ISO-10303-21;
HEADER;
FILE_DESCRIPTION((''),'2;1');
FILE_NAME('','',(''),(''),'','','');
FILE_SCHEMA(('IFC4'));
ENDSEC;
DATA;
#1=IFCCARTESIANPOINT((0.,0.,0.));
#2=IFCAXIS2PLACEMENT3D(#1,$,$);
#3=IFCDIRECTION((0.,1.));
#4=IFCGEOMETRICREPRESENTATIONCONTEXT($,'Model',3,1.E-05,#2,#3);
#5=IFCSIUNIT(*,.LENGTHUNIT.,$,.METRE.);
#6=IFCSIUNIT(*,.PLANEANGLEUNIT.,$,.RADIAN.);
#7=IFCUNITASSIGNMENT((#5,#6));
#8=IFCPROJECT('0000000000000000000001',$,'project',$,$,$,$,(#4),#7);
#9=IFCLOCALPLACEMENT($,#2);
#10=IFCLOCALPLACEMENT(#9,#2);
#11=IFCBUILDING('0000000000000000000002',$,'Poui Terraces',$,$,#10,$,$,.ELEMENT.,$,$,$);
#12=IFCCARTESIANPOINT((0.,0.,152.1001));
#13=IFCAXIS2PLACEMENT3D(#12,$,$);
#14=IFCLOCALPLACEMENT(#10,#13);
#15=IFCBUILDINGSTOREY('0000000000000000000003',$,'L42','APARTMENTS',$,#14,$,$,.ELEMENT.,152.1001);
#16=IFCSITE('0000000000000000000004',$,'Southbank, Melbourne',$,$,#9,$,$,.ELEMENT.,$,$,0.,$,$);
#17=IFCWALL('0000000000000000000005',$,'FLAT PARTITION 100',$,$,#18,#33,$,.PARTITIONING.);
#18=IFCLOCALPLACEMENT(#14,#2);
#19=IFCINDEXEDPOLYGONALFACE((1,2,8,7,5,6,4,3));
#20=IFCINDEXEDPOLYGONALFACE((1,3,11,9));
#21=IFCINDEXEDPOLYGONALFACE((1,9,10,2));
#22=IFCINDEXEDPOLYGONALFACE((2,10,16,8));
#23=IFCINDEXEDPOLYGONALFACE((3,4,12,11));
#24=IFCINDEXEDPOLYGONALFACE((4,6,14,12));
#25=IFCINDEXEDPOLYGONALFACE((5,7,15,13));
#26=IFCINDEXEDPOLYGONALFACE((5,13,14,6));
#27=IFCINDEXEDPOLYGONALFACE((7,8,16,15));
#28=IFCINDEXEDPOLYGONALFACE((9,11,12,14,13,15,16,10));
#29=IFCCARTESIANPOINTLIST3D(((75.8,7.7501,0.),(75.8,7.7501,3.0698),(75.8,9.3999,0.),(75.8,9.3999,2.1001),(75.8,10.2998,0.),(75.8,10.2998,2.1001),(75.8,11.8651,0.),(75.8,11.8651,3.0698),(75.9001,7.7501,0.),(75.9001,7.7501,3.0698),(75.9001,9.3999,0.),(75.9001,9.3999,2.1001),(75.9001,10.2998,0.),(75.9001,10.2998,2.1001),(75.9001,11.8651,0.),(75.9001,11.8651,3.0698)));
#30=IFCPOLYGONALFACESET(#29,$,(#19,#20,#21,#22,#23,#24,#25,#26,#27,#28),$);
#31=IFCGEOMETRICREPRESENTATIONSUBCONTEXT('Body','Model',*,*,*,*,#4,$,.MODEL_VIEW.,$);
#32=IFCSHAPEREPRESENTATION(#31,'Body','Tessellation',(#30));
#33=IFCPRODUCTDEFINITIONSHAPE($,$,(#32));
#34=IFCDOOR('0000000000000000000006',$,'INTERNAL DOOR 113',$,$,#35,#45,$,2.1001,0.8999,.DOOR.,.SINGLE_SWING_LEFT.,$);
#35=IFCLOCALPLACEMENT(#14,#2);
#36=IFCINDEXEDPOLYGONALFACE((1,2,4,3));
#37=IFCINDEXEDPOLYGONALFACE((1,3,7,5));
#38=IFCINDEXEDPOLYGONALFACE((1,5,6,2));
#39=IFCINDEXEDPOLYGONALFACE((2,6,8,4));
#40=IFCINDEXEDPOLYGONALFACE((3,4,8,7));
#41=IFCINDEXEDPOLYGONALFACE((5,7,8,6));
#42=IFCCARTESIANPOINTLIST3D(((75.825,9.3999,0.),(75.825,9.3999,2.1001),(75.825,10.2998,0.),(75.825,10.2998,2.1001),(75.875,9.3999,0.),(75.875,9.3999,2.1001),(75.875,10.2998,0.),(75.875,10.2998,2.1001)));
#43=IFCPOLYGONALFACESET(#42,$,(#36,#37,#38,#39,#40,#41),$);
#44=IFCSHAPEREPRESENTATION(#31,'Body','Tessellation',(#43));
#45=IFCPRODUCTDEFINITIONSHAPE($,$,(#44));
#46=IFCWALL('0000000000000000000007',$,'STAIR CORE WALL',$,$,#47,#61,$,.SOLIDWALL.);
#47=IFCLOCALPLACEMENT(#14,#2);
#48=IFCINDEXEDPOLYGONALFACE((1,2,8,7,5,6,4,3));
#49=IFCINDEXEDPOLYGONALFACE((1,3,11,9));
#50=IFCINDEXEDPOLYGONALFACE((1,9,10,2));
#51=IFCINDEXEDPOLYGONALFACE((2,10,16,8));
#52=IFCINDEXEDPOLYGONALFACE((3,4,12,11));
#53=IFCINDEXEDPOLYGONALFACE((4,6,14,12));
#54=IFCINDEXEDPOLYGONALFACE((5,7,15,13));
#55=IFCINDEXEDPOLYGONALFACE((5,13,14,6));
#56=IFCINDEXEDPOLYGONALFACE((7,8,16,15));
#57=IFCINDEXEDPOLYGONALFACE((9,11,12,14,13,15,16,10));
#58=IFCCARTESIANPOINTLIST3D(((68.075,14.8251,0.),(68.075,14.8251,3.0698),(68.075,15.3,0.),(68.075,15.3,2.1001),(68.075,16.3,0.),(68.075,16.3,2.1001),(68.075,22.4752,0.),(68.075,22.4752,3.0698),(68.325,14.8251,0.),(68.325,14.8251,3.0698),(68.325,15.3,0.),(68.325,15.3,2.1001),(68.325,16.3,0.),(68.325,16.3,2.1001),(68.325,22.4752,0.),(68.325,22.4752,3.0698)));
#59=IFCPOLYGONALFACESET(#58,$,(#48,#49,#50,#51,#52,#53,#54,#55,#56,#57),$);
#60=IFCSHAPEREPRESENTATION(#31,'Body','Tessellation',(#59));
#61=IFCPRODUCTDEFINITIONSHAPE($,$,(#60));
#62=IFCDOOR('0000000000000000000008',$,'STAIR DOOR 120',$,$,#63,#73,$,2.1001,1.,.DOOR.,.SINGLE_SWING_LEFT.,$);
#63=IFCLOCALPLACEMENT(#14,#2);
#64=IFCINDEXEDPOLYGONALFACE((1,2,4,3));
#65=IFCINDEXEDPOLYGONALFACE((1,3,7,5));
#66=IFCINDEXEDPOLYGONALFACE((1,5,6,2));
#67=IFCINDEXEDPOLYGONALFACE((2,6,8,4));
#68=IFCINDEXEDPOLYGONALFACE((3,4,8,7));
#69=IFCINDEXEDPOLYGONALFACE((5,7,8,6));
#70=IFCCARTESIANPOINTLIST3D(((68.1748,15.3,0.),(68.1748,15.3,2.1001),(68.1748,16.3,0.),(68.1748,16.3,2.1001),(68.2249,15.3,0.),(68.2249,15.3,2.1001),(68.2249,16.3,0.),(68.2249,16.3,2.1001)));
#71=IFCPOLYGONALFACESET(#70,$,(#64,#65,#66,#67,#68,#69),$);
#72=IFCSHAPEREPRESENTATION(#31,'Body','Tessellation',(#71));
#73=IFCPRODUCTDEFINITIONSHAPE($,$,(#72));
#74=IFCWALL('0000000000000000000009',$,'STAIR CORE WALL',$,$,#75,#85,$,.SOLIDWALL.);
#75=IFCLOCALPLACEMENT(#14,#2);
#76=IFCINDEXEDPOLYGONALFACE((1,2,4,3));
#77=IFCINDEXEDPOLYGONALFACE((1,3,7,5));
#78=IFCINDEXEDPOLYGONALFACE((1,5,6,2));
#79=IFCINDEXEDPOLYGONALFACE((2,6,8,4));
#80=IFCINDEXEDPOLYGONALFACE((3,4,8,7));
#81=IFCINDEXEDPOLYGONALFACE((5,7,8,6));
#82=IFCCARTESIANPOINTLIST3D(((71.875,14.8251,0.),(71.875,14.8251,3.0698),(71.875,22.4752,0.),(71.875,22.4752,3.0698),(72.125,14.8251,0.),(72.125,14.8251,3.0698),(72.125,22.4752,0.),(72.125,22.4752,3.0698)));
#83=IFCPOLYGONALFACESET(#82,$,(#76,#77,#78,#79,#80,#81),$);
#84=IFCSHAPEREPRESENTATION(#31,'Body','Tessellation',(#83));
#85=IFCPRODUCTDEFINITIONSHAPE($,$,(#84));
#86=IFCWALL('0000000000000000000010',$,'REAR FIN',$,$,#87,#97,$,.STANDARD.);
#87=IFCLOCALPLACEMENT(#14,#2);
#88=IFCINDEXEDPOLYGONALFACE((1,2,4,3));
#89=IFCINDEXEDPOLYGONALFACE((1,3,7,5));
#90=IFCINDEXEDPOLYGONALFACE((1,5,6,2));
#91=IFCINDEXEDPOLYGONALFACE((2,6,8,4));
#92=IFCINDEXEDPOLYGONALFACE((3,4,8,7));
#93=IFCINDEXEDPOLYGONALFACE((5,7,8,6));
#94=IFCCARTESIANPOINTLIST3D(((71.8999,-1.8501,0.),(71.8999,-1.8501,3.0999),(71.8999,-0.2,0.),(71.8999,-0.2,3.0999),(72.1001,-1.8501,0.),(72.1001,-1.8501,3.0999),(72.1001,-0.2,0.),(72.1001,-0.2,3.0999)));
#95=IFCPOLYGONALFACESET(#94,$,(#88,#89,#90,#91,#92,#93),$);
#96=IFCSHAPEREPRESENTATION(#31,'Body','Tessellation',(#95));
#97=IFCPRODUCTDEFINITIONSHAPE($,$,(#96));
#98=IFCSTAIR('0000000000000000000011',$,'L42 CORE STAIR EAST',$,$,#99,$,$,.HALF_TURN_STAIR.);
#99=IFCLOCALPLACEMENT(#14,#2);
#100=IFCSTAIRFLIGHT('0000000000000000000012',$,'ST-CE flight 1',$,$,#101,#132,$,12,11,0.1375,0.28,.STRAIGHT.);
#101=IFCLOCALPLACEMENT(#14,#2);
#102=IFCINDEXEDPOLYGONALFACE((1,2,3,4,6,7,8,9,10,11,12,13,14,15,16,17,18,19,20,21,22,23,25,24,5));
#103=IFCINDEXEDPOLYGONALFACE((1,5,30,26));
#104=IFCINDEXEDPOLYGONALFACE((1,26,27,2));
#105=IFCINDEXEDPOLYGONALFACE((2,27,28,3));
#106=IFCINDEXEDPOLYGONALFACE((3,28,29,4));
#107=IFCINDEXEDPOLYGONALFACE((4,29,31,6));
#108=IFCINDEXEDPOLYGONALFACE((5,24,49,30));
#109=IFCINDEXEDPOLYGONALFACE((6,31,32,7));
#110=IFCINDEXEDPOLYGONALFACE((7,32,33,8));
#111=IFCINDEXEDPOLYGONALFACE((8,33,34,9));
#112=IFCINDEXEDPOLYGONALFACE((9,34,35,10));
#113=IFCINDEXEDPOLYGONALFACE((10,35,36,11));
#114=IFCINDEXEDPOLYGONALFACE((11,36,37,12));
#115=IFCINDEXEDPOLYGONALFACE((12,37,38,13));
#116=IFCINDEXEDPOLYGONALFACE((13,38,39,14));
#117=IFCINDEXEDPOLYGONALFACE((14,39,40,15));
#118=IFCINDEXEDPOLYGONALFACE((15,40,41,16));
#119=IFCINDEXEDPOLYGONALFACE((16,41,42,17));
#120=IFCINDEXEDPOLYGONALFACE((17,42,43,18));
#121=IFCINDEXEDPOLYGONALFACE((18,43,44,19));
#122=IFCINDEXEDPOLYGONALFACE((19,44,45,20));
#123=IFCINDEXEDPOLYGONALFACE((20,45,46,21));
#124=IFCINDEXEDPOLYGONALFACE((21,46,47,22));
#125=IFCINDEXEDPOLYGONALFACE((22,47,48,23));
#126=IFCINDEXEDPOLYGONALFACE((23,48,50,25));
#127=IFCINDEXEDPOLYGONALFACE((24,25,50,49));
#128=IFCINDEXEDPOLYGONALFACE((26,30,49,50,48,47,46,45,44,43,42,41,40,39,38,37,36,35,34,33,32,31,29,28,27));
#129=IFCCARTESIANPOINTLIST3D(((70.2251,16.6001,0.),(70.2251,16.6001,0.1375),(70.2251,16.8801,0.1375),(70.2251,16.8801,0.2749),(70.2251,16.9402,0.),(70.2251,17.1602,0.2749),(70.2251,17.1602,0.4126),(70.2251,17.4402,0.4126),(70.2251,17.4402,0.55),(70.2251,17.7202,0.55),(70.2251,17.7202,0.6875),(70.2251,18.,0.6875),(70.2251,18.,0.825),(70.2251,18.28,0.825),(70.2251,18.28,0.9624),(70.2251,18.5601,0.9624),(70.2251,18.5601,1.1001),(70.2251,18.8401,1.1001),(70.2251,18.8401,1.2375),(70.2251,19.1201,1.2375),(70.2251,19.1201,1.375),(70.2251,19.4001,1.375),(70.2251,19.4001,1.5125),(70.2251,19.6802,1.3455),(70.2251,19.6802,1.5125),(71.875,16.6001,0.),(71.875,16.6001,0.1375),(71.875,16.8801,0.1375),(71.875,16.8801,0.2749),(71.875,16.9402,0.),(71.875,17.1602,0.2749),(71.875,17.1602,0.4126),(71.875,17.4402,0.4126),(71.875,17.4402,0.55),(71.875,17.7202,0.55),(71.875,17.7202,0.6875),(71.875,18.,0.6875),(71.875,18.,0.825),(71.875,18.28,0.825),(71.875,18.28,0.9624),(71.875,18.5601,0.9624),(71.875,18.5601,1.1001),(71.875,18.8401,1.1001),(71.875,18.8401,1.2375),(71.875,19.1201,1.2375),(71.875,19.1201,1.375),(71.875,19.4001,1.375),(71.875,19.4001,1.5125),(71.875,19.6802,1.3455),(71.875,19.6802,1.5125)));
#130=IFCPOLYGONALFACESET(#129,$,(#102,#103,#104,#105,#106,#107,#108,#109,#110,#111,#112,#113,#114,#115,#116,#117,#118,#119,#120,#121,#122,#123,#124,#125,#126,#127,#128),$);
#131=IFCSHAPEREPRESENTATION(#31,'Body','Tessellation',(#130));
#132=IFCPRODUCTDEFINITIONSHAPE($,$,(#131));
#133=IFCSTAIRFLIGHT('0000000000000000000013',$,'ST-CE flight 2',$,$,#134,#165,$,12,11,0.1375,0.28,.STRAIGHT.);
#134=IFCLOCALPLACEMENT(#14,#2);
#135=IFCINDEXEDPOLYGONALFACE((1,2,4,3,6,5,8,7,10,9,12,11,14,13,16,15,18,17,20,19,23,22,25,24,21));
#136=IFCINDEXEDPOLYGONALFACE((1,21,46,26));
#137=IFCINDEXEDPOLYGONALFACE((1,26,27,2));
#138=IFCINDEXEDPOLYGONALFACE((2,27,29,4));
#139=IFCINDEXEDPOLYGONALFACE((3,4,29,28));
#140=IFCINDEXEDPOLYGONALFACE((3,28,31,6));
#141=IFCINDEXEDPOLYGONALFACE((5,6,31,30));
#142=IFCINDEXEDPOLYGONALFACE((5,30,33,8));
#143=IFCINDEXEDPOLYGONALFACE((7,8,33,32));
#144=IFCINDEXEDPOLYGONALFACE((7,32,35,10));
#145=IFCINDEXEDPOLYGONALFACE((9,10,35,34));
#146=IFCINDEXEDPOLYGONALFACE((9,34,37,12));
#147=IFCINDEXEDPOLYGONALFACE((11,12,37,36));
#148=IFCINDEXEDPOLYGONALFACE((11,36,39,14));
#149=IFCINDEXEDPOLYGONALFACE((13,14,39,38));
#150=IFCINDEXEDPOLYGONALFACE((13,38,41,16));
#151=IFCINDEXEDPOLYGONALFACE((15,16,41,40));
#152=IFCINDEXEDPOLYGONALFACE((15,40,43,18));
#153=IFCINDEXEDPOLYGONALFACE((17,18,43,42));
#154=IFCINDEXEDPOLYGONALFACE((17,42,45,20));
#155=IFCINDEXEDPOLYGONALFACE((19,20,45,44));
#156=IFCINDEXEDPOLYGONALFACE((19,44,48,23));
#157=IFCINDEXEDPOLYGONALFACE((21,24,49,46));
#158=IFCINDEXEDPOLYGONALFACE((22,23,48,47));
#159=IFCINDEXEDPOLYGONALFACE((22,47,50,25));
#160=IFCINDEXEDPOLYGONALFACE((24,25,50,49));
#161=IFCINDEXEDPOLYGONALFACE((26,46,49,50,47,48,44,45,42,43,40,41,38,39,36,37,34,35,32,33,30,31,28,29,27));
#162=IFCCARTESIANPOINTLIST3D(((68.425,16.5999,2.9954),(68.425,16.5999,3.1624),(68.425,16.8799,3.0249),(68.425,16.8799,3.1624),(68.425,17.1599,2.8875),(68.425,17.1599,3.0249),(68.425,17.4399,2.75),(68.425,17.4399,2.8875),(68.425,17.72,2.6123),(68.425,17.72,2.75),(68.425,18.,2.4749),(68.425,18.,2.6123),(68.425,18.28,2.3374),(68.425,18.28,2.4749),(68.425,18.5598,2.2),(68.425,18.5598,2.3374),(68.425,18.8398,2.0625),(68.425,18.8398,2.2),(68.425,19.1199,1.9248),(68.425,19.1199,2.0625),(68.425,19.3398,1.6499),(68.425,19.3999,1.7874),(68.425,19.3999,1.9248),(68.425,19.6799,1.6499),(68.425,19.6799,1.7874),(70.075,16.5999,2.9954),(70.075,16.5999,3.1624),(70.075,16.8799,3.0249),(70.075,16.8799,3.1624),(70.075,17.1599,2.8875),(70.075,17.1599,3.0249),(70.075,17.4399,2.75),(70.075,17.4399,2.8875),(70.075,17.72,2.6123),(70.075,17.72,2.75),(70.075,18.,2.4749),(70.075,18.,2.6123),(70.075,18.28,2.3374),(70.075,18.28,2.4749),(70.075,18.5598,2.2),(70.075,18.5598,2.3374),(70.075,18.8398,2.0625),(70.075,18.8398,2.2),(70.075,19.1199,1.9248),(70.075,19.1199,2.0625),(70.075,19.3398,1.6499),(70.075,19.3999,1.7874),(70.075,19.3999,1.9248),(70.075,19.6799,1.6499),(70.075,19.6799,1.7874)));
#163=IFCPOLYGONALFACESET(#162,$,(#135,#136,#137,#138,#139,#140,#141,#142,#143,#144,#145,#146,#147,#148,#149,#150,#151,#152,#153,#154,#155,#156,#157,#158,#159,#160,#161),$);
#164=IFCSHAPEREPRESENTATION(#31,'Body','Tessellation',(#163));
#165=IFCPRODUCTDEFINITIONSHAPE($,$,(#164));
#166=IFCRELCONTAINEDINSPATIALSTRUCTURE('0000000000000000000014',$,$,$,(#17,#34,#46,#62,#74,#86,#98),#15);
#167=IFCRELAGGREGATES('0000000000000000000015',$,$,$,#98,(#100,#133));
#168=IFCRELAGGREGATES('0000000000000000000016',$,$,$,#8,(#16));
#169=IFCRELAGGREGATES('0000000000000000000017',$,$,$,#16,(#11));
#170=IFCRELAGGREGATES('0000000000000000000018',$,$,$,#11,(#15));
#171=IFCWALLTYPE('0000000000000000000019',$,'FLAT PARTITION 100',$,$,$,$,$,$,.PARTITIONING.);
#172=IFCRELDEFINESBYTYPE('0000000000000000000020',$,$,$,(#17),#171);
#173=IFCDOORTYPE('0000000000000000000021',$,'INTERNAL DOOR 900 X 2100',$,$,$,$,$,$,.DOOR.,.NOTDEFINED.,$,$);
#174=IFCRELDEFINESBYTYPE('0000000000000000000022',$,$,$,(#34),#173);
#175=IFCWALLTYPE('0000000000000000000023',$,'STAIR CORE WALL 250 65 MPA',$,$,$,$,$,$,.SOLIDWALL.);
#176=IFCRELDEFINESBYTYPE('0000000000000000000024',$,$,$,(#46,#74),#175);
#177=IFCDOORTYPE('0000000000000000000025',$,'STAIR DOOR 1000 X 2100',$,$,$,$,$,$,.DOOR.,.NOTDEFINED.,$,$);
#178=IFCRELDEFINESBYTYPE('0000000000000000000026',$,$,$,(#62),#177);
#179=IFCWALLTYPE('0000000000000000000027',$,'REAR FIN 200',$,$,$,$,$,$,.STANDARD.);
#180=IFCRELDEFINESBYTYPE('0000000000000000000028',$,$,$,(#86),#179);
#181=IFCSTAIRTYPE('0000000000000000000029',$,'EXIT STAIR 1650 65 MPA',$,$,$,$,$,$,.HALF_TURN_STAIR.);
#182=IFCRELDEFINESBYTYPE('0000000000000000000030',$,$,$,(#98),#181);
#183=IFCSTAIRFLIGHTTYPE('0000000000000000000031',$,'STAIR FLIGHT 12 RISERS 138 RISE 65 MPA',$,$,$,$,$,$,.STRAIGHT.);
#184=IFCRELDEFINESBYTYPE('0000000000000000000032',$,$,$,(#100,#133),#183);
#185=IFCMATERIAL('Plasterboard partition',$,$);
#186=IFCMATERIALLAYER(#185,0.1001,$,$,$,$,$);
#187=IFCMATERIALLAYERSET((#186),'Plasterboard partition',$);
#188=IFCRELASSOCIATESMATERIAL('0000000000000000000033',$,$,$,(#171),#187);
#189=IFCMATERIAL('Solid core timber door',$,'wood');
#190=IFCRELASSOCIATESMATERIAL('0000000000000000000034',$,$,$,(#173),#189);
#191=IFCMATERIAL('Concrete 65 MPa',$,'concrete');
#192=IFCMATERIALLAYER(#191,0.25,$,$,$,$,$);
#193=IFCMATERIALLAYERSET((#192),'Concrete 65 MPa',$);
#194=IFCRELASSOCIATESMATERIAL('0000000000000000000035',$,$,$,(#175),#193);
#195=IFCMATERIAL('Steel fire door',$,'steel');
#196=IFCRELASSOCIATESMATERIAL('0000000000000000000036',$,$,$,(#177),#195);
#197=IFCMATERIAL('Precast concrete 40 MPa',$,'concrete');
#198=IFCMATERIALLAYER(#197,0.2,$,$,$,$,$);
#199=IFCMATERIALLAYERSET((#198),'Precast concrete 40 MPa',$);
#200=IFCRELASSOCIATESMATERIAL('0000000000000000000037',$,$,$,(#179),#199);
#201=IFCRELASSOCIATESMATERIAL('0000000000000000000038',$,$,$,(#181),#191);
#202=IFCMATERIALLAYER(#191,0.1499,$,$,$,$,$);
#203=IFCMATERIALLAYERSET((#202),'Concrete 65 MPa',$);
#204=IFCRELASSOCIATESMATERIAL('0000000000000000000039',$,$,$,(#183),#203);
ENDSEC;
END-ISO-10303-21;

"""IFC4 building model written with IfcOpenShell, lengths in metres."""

from ifc_helpers import new_model, si_unit, direction, frame, frame_2d, origin, place, context, subcontext, project, spatial, polyline, rectangle, outline, extrude, source, transform, mapped, material, layer, layer_set, type_object, element, fill, aggregate, save


model = new_model("IFC4")

# Units and contexts
model_context = context("Model", 3, precision=1e-05, world=origin(), true_north=direction((0.0, 1.0)))
body_context = subcontext(model_context, "Body", "Model", "MODEL_VIEW")
ifc_project = project(units=[si_unit("LENGTHUNIT", "METRE"), si_unit("PLANEANGLEUNIT", "RADIAN")], contexts=[model_context])

# Site, building, storey
site_placement = place(None, origin())
site = spatial("IfcSite", under=ifc_project, at=site_placement, Name="Southbank, Melbourne", CompositionType="ELEMENT", RefElevation=0.0)
building_placement = place(site_placement, origin())
building = spatial("IfcBuilding", under=site, at=building_placement, Name="Poui Terraces", CompositionType="ELEMENT")
storey_placement = place(building_placement, frame((0.0, 0.0, 152.1001)))
storey = spatial("IfcBuildingStorey", under=building, at=storey_placement, Name="L42", Description="APARTMENTS", CompositionType="ELEMENT", Elevation=152.1001)

# Shared definitions
ifc_material_1 = material(Name="Concrete 65 MPa", Category="concrete")

# Shared definitions
ifc_material_2 = material(Name="Precast concrete 40 MPa", Category="concrete")

# Shared definitions
ifc_material_3 = material(Name="Steel fire door", Category="steel")

# Shared definitions
ifc_material_4 = material(Name="Plasterboard partition")
ifc_layer_1 = layer(ifc_material_4, 0.1001)
ifc_layer_set_1 = layer_set([ifc_layer_1], Name="Plasterboard partition")
wall_type_1 = type_object("IfcWallType", Name="FLAT PARTITION 100", PredefinedType="PARTITIONING", material=ifc_layer_set_1)

# Walls, openings, doors
ifc_material_5 = material(Name="Solid core timber door", Category="wood")
door_type_1 = type_object("IfcDoorType", Name="INTERNAL DOOR 900 X 2100", OperationType="NOTDEFINED", PredefinedType="DOOR", material=ifc_material_5)
wall_1_placement = place(storey_placement, frame((75.8501, 7.75, 0.0), z_axis=(0.0, 0.0, 1.0), x_axis=(0.0, 1.0, 0.0)))
wall_1 = element("IfcWall", 1, at=wall_1_placement, inside=storey, type_object=wall_type_1, Name="FLAT PARTITION 100", PredefinedType="PARTITIONING", context=body_context, shape_type="SweptSolid", body=[
    extrude(rectangle(XDim=4.115, YDim=0.1001, at=frame_2d((2.0576, 0.0))), origin(), (0.0, 0.0, 1.0), 3.0698),
])
opening_1_placement = place(wall_1_placement, frame((1.6499, 0.0, 0.0)))
opening_1 = element("IfcOpeningElement", 2, at=opening_1_placement, cuts=wall_1, PredefinedType="OPENING", context=body_context, shape_type="SweptSolid", body=[
    extrude(rectangle(XDim=0.8999, YDim=2.1001, at=frame_2d((0.45, 1.05))), frame((0.0, 0.0601, 0.0), z_axis=(0.0, -1.0, 0.0), x_axis=(1.0, 0.0, 0.0)), (0.0, 0.0, 1.0), 0.1201),
])
door_1_placement = place(opening_1_placement, frame((0.8999, 0.0, 0.0), z_axis=(0.0, 0.0, 1.0), x_axis=(-1.0, 0.0, 0.0)))
door_1 = element("IfcDoor", 3, at=door_1_placement, inside=storey, type_object=door_type_1, Name="INTERNAL DOOR 113", OperationType="SINGLE_SWING_LEFT", OverallHeight=2.1001, OverallWidth=0.8999, PredefinedType="DOOR", context=body_context, shape_type="SweptSolid", body=[
    extrude(rectangle(XDim=0.8999, YDim=2.1001, at=frame_2d((0.45, 1.05))), frame((0.0, 0.0249, 0.0), z_axis=(0.0, -1.0, 0.0), x_axis=(1.0, 0.0, 0.0)), (0.0, 0.0, 1.0), 0.05),
])
fill(opening_1, door_1)
ifc_layer_2 = layer(ifc_material_1, 0.25)
ifc_layer_set_2 = layer_set([ifc_layer_2], Name="Concrete 65 MPa")
wall_type_2 = type_object("IfcWallType", Name="STAIR CORE WALL 250 65 MPA", PredefinedType="SOLIDWALL", material=ifc_layer_set_2)
wall_2_placement = place(storey_placement, frame((68.2, 14.825, 0.0), z_axis=(0.0, 0.0, 1.0), x_axis=(0.0, 1.0, 0.0)))
wall_2 = element("IfcWall", 4, at=wall_2_placement, inside=storey, type_object=wall_type_2, Name="STAIR CORE WALL", PredefinedType="SOLIDWALL", context=body_context, shape_type="SweptSolid", body=[
    extrude(rectangle(XDim=7.6501, YDim=0.25, at=frame_2d((3.8252, 0.0))), origin(), (0.0, 0.0, 1.0), 3.0698),
])
opening_2_placement = place(wall_2_placement, frame((0.4751, 0.0, 0.0)))
opening_2 = element("IfcOpeningElement", 5, at=opening_2_placement, cuts=wall_2, PredefinedType="OPENING", context=body_context, shape_type="SweptSolid", body=[
    extrude(rectangle(XDim=1.0, YDim=2.1001, at=frame_2d((0.5, 1.05))), frame((0.0, 0.135, 0.0), z_axis=(0.0, -1.0, 0.0), x_axis=(1.0, 0.0, 0.0)), (0.0, 0.0, 1.0), 0.27),
])
door_type_2 = type_object("IfcDoorType", Name="STAIR DOOR 1000 X 2100", OperationType="NOTDEFINED", PredefinedType="DOOR", material=ifc_material_3)
door_2_placement = place(opening_2_placement, frame((1.0, 0.0, 0.0), z_axis=(0.0, 0.0, 1.0), x_axis=(-1.0, 0.0, 0.0)))
door_2 = element("IfcDoor", 6, at=door_2_placement, inside=storey, type_object=door_type_2, Name="STAIR DOOR 120", OperationType="SINGLE_SWING_LEFT", OverallHeight=2.1001, OverallWidth=1.0, PredefinedType="DOOR", context=body_context, shape_type="SweptSolid", body=[
    extrude(rectangle(XDim=1.0, YDim=2.1001, at=frame_2d((0.5, 1.05))), frame((0.0, 0.0249, 0.0), z_axis=(0.0, -1.0, 0.0), x_axis=(1.0, 0.0, 0.0)), (0.0, 0.0, 1.0), 0.05),
])
fill(opening_2, door_2)

# Walls
wall_3_placement = place(storey_placement, frame((72.0, 14.825, 0.0), z_axis=(0.0, 0.0, 1.0), x_axis=(0.0, 1.0, 0.0)))
element("IfcWall", 7, at=wall_3_placement, inside=storey, type_object=wall_type_2, Name="STAIR CORE WALL", PredefinedType="SOLIDWALL", context=body_context, shape_type="SweptSolid", body=[
    extrude(rectangle(XDim=7.6501, YDim=0.25, at=frame_2d((3.8252, 0.0))), origin(), (0.0, 0.0, 1.0), 3.0698),
])
ifc_layer_3 = layer(ifc_material_2, 0.2)
ifc_layer_set_3 = layer_set([ifc_layer_3], Name="Precast concrete 40 MPa")
wall_type_3 = type_object("IfcWallType", Name="REAR FIN 200", PredefinedType="STANDARD", material=ifc_layer_set_3)
shared_shape_1 = source(origin(), body_context, "Body", "SweptSolid", [
    extrude(outline(polyline([(0.0, 0.0), (0.2002, 0.0), (0.2002, 1.6501), (0.0, 1.6501), (0.0, 0.0)])), origin(), (0.0, 0.0, 1.0), 3.0999),
])
wall_4_placement = place(storey_placement, frame((71.8999, -1.8501, 0.0)))
element("IfcWall", 8, at=wall_4_placement, inside=storey, type_object=wall_type_3, Name="REAR FIN", PredefinedType="STANDARD", context=body_context, shape_type="MappedRepresentation", body=[
    mapped(shared_shape_1, transform((0.0, 0.0, 0.0))),
])

# Stair, stair flights
stair_type = type_object("IfcStairType", Name="EXIT STAIR 1650 65 MPA", PredefinedType="HALF_TURN_STAIR", material=ifc_material_1)
stair_placement = place(storey_placement, origin())
stair = element("IfcStair", 9, at=stair_placement, inside=storey, type_object=stair_type, Name="L42 CORE STAIR EAST", PredefinedType="HALF_TURN_STAIR")
ifc_layer_4 = layer(ifc_material_1, 0.1499)
ifc_layer_set_4 = layer_set([ifc_layer_4], Name="Concrete 65 MPa")
stair_flight_type = type_object("IfcStairFlightType", Name="STAIR FLIGHT 12 RISERS 138 RISE 65 MPA", PredefinedType="STRAIGHT", material=ifc_layer_set_4)
stair_flight_1_placement = place(storey_placement, frame((71.05, 16.6001, 0.0), z_axis=(0.0, 0.0, 1.0), x_axis=(0.0, 1.0, 0.0)))
stair_flight_1 = element("IfcStairFlight", 10, at=stair_flight_1_placement, type_object=stair_flight_type, Name="ST-CE flight 1", NumberOfRisers=12, NumberOfTreads=11, PredefinedType="STRAIGHT", RiserHeight=0.1375, TreadLength=0.28, context=body_context, shape_type="SweptSolid", body=[
    extrude(outline(polyline([(0.0, 0.0), (0.0, 0.1375), (0.28, 0.1375), (0.28, 0.2749), (0.5601, 0.2749), (0.5601, 0.4126), (0.8401, 0.4126), (0.8401, 0.55), (1.1201, 0.55), (1.1201, 0.6875), (1.3999, 0.6875), (1.3999, 0.825), (1.6799, 0.825), (1.6799, 0.9624), (1.96, 0.9624), (1.96, 1.1001), (2.24, 1.1001), (2.24, 1.2375), (2.52, 1.2375), (2.52, 1.375), (2.8, 1.375), (2.8, 1.5125), (3.0801, 1.5125), (3.0801, 1.6499), (3.0801, 1.3455), (0.3401, 0.0), (0.0, 0.0)])), frame((0.0, 0.825, 0.0), z_axis=(0.0, -1.0, 0.0), x_axis=(1.0, 0.0, 0.0)), (0.0, 0.0, 1.0), 1.6499),
])
stair_flight_2_placement = place(storey_placement, frame((69.25, 19.6799, 1.6499), z_axis=(0.0, 0.0, 1.0), x_axis=(0.0, -1.0, 0.0)))
stair_flight_2 = element("IfcStairFlight", 11, at=stair_flight_2_placement, type_object=stair_flight_type, Name="ST-CE flight 2", NumberOfRisers=12, NumberOfTreads=11, PredefinedType="STRAIGHT", RiserHeight=0.1375, TreadLength=0.28, context=body_context, shape_type="SweptSolid", body=[
    extrude(outline(polyline([(0.0, 0.0), (0.0, 0.1375), (0.28, 0.1375), (0.28, 0.2749), (0.5601, 0.2749), (0.5601, 0.4126), (0.8401, 0.4126), (0.8401, 0.55), (1.1201, 0.55), (1.1201, 0.6875), (1.3999, 0.6875), (1.3999, 0.825), (1.6799, 0.825), (1.6799, 0.9624), (1.96, 0.9624), (1.96, 1.1001), (2.24, 1.1001), (2.24, 1.2375), (2.52, 1.2375), (2.52, 1.375), (2.8, 1.375), (2.8, 1.5125), (3.0801, 1.5125), (3.0801, 1.6499), (3.0801, 1.3455), (0.3401, 0.0), (0.0, 0.0)])), frame((0.0, 0.825, 0.0), z_axis=(0.0, -1.0, 0.0), x_axis=(1.0, 0.0, 0.0)), (0.0, 0.0, 1.0), 1.6499),
])
aggregate(stair, [stair_flight_1, stair_flight_2])

save(model, "model.ifc")
